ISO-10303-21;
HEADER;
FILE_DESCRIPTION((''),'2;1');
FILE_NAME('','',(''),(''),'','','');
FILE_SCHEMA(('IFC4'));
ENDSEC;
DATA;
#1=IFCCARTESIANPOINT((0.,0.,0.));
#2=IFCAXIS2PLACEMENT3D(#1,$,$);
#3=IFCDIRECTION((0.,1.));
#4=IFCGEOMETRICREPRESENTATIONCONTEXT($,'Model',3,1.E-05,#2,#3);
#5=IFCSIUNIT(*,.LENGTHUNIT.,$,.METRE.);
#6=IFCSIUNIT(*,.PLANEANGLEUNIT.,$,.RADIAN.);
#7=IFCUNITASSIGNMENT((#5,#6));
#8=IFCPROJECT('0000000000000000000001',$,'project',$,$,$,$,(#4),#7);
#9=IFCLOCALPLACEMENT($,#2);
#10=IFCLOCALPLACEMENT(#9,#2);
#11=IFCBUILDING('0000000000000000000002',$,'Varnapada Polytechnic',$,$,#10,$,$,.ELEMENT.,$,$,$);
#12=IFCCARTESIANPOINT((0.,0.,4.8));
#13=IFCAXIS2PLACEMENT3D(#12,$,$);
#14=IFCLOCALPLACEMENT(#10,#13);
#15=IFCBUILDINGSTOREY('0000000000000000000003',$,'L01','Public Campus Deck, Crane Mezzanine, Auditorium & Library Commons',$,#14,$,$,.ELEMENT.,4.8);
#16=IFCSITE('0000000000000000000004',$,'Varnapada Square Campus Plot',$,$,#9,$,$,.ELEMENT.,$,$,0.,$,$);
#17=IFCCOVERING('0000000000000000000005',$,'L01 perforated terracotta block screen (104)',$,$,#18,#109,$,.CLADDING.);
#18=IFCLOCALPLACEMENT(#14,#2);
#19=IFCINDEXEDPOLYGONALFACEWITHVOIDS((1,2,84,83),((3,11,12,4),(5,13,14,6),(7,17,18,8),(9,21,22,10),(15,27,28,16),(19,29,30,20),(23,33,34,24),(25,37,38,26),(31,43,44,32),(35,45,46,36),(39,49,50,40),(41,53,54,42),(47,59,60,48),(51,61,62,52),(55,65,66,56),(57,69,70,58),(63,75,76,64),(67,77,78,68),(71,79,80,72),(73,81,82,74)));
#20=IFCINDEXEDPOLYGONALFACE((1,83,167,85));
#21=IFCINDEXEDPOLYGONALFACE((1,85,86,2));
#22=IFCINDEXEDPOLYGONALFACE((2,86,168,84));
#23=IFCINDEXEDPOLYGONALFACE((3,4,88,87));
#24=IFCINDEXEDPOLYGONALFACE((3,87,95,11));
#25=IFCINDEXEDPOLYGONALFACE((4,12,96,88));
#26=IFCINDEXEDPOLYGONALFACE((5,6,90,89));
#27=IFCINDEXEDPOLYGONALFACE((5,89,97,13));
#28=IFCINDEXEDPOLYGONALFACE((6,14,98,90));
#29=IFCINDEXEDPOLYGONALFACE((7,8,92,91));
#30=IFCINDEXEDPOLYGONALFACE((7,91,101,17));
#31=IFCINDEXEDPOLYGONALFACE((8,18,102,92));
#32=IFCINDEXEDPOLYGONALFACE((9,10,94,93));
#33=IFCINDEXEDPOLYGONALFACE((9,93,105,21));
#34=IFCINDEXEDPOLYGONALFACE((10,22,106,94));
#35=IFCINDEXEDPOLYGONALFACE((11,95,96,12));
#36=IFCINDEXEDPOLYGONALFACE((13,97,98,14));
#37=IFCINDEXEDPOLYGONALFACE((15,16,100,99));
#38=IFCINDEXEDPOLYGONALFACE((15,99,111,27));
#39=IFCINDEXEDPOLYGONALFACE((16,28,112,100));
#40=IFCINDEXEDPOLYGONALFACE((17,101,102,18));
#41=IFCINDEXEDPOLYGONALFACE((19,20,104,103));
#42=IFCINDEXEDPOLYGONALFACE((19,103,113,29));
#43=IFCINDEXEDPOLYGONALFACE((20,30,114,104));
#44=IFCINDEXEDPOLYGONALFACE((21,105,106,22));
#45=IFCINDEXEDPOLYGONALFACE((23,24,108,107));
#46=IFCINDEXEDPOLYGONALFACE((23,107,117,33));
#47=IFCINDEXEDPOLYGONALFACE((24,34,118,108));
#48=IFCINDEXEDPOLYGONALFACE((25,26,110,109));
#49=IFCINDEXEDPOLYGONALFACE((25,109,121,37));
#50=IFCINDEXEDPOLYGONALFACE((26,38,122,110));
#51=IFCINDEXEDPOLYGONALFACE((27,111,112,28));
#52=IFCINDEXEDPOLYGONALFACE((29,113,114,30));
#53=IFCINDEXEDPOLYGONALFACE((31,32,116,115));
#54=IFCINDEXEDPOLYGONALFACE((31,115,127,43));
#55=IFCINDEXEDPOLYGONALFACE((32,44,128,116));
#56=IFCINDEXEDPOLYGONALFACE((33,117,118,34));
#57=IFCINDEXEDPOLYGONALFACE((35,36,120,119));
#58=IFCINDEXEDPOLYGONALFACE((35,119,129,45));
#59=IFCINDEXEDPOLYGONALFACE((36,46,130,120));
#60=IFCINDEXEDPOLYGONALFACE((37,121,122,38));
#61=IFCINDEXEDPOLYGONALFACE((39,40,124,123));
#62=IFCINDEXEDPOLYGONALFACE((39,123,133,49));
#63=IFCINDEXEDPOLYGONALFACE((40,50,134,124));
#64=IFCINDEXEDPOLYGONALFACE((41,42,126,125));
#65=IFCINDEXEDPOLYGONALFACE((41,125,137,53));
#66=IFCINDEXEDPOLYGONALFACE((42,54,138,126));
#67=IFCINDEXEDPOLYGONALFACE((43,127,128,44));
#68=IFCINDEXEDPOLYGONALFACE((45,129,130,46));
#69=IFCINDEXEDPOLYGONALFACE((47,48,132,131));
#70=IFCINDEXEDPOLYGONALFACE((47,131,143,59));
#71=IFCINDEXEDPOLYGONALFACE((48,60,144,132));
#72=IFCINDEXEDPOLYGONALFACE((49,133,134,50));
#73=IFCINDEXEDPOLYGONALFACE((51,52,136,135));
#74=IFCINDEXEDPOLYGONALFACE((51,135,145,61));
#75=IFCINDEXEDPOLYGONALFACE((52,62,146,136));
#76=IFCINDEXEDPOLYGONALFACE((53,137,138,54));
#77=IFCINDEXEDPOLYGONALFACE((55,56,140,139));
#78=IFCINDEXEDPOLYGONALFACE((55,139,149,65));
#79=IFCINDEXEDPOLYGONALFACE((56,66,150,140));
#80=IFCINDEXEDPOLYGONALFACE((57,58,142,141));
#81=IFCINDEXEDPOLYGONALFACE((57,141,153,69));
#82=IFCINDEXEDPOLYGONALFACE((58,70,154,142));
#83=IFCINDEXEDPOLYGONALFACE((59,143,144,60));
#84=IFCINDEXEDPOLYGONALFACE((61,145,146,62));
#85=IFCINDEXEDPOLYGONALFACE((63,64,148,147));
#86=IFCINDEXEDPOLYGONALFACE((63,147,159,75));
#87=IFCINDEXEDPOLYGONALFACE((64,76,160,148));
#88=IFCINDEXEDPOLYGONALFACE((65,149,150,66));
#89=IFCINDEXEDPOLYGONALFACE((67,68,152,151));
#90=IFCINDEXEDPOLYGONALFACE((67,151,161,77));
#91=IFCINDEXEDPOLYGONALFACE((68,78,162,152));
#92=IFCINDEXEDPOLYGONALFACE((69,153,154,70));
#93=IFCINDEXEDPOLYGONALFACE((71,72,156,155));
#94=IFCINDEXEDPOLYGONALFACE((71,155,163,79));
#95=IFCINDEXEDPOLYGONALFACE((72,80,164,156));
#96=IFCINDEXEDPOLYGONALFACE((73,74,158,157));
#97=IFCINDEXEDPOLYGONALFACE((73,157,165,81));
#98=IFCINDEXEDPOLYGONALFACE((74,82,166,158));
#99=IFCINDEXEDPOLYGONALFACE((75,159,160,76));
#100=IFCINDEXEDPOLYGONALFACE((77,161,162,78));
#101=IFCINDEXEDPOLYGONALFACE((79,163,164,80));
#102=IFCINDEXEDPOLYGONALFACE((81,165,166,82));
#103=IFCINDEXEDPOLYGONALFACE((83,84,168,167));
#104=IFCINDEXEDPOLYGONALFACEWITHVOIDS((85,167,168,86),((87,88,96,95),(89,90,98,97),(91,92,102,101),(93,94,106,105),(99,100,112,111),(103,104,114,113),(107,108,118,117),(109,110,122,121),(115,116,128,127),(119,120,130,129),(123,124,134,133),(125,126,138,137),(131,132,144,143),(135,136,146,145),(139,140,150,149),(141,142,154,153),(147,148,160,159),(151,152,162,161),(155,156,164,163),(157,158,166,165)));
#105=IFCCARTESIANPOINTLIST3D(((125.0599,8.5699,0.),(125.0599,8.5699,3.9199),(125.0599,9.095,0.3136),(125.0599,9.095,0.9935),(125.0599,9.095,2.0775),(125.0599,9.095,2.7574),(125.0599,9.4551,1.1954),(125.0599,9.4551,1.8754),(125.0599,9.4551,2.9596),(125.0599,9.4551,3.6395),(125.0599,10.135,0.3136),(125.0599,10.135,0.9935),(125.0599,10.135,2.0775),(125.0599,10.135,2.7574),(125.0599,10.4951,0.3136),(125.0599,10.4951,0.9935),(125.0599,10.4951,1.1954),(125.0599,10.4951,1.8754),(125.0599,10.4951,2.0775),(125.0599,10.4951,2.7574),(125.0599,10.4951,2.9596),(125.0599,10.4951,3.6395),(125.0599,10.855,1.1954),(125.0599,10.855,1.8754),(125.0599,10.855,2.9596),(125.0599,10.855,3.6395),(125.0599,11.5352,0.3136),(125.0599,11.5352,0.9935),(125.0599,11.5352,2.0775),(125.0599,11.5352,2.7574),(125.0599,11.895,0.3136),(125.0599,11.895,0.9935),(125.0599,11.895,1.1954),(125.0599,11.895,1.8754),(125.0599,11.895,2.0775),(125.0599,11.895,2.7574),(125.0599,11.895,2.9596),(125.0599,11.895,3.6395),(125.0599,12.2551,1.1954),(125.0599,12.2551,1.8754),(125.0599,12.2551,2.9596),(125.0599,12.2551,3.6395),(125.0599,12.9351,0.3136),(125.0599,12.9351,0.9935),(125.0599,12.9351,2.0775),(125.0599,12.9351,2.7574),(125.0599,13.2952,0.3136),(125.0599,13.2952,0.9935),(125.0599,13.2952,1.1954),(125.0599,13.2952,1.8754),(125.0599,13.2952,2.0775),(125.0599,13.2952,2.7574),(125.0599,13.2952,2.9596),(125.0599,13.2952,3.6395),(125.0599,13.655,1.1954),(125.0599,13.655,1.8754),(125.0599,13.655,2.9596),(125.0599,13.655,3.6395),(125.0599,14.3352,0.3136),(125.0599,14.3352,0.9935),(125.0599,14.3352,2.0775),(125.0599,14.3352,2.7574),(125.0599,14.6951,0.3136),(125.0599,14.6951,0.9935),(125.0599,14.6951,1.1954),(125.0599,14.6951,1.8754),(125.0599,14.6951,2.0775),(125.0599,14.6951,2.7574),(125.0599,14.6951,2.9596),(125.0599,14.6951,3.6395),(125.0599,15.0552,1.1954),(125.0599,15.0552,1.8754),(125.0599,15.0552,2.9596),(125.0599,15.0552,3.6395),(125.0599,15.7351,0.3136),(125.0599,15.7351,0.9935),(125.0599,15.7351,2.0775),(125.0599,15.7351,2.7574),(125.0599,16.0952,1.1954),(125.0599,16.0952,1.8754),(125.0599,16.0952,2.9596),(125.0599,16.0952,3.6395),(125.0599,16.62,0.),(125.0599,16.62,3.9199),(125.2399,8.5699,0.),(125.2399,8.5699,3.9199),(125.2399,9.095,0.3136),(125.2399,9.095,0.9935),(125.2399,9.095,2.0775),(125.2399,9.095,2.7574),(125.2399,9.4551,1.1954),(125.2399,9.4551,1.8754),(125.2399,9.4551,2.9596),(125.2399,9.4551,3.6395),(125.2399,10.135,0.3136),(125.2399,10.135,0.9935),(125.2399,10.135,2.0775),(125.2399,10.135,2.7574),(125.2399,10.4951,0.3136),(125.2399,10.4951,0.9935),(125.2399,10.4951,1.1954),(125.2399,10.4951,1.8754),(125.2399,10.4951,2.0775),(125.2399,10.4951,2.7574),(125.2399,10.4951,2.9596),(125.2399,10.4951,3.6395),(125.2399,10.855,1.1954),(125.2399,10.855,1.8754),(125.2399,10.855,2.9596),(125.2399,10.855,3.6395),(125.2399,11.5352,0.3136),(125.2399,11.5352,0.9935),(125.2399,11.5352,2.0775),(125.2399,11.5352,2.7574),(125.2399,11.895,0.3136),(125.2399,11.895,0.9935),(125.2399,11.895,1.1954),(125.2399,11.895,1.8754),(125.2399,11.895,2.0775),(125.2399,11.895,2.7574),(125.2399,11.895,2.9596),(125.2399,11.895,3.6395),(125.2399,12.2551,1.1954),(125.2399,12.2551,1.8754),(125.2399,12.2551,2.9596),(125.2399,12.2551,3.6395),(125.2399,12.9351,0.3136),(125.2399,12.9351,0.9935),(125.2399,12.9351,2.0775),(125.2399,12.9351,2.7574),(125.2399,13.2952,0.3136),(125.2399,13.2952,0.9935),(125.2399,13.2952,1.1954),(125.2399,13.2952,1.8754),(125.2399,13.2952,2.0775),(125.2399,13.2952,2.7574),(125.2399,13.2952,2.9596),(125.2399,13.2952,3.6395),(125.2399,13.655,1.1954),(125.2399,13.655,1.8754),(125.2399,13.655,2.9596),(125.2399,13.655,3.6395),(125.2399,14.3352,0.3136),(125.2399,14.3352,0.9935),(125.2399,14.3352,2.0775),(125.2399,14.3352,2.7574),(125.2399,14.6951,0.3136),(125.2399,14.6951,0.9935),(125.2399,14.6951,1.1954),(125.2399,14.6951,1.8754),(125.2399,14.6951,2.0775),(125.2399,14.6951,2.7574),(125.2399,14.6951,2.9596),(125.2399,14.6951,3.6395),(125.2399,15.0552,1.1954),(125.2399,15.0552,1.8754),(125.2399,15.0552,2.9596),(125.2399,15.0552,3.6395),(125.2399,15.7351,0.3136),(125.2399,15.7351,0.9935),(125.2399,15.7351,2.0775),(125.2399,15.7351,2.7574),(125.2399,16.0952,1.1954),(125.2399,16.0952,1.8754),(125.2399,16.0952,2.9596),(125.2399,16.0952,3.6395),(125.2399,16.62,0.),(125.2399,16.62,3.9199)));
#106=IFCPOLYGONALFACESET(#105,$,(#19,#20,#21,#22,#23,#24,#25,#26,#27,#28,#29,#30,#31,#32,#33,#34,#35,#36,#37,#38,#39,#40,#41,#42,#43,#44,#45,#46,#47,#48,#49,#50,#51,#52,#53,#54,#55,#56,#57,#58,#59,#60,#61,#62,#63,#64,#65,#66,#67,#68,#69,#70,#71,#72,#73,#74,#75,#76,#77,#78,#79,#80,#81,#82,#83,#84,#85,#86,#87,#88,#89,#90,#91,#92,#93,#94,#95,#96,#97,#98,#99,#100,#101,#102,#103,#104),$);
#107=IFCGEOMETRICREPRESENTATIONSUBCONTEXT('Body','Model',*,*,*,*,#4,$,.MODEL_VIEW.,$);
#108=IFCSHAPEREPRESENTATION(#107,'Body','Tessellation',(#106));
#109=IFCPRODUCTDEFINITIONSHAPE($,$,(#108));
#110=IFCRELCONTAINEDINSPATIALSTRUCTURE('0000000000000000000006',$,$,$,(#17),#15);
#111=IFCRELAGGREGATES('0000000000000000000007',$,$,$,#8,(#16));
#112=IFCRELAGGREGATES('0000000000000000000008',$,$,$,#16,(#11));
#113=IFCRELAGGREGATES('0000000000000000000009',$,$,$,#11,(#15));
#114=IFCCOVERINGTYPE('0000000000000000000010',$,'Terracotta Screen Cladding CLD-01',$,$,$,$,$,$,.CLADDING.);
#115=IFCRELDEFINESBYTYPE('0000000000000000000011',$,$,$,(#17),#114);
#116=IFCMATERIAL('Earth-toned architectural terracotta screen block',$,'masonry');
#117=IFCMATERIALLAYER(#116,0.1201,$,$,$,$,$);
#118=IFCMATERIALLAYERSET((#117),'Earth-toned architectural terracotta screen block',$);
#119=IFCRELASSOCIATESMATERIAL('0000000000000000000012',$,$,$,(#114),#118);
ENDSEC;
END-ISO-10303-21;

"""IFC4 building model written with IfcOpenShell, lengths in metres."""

from ifc_helpers import new_model, si_unit, direction, frame, frame_2d, origin, place, context, subcontext, project, spatial, rectangle, extrude, material, layer, layer_set, type_object, element, save


model = new_model("IFC4")

# Units and contexts
model_context = context("Model", 3, precision=1e-05, world=origin(), true_north=direction((0.0, 1.0)))
body_context = subcontext(model_context, "Body", "Model", "MODEL_VIEW")
ifc_project = project(units=[si_unit("LENGTHUNIT", "METRE"), si_unit("PLANEANGLEUNIT", "RADIAN")], contexts=[model_context])

# Site, building, storey
site_placement = place(None, origin())
site = spatial("IfcSite", under=ifc_project, at=site_placement, Name="Varnapada Square Campus Plot", CompositionType="ELEMENT", RefElevation=0.0)
building_placement = place(site_placement, origin())
building = spatial("IfcBuilding", under=site, at=building_placement, Name="Varnapada Polytechnic", CompositionType="ELEMENT")
storey_placement = place(building_placement, frame((0.0, 0.0, 4.8)))
storey = spatial("IfcBuildingStorey", under=building, at=storey_placement, Name="L01", Description="Public Campus Deck, Crane Mezzanine, Auditorium & Library Commons", CompositionType="ELEMENT", Elevation=4.8)

# Covering, openings
ifc_material_1 = material(Name="Earth-toned architectural terracotta screen block", Category="masonry")
ifc_layer_1 = layer(ifc_material_1, 0.1201)
ifc_layer_set_1 = layer_set([ifc_layer_1], Name="Earth-toned architectural terracotta screen block")
covering_type = type_object("IfcCoveringType", Name="Terracotta Screen Cladding CLD-01", PredefinedType="CLADDING", material=ifc_layer_set_1)
covering_placement = place(storey_placement, frame((125.1499, 8.5701, 0.0), z_axis=(0.0, 0.0, 1.0), x_axis=(0.0, 1.0, 0.0)))
covering = element("IfcCovering", 1, at=covering_placement, inside=storey, type_object=covering_type, Name="L01 perforated terracotta block screen (104)", PredefinedType="CLADDING", context=body_context, shape_type="SweptSolid", body=[
    extrude(rectangle(XDim=8.05, YDim=0.1799, at=frame_2d((4.0249, 0.0))), origin(), (0.0, 0.0, 1.0), 3.9199),
])
opening_1_placement = place(covering_placement, frame((0.5249, 0.0, 0.3137)))
element("IfcOpeningElement", 2, at=opening_1_placement, cuts=covering, PredefinedType="OPENING", context=body_context, shape_type="SweptSolid", body=[
    extrude(rectangle(XDim=1.04, YDim=0.6799, at=frame_2d((0.52, 0.3398))), frame((0.0, 0.0999, 0.0), z_axis=(0.0, -1.0, 0.0), x_axis=(1.0, 0.0, 0.0)), (0.0, 0.0, 1.0), 0.2),
])
opening_2_placement = place(covering_placement, frame((1.925, 0.0, 0.3137)))
element("IfcOpeningElement", 3, at=opening_2_placement, cuts=covering, PredefinedType="OPENING", context=body_context, shape_type="SweptSolid", body=[
    extrude(rectangle(XDim=1.04, YDim=0.6799, at=frame_2d((0.52, 0.3398))), frame((0.0, 0.0999, 0.0), z_axis=(0.0, -1.0, 0.0), x_axis=(1.0, 0.0, 0.0)), (0.0, 0.0, 1.0), 0.2),
])
opening_3_placement = place(covering_placement, frame((3.325, 0.0, 0.3137)))
element("IfcOpeningElement", 4, at=opening_3_placement, cuts=covering, PredefinedType="OPENING", context=body_context, shape_type="SweptSolid", body=[
    extrude(rectangle(XDim=1.04, YDim=0.6799, at=frame_2d((0.52, 0.3398))), frame((0.0, 0.0999, 0.0), z_axis=(0.0, -1.0, 0.0), x_axis=(1.0, 0.0, 0.0)), (0.0, 0.0, 1.0), 0.2),
])
opening_4_placement = place(covering_placement, frame((4.7251, 0.0, 0.3137)))
element("IfcOpeningElement", 5, at=opening_4_placement, cuts=covering, PredefinedType="OPENING", context=body_context, shape_type="SweptSolid", body=[
    extrude(rectangle(XDim=1.04, YDim=0.6799, at=frame_2d((0.52, 0.3398))), frame((0.0, 0.0999, 0.0), z_axis=(0.0, -1.0, 0.0), x_axis=(1.0, 0.0, 0.0)), (0.0, 0.0, 1.0), 0.2),
])
opening_5_placement = place(covering_placement, frame((6.125, 0.0, 0.3137)))
element("IfcOpeningElement", 6, at=opening_5_placement, cuts=covering, PredefinedType="OPENING", context=body_context, shape_type="SweptSolid", body=[
    extrude(rectangle(XDim=1.04, YDim=0.6799, at=frame_2d((0.52, 0.3398))), frame((0.0, 0.0999, 0.0), z_axis=(0.0, -1.0, 0.0), x_axis=(1.0, 0.0, 0.0)), (0.0, 0.0, 1.0), 0.2),
])
opening_6_placement = place(covering_placement, frame((0.885, 0.0, 1.1956)))
element("IfcOpeningElement", 7, at=opening_6_placement, cuts=covering, PredefinedType="OPENING", context=body_context, shape_type="SweptSolid", body=[
    extrude(rectangle(XDim=1.04, YDim=0.6799, at=frame_2d((0.52, 0.3398))), frame((0.0, 0.0999, 0.0), z_axis=(0.0, -1.0, 0.0), x_axis=(1.0, 0.0, 0.0)), (0.0, 0.0, 1.0), 0.2),
])
opening_7_placement = place(covering_placement, frame((2.2849, 0.0, 1.1956)))
element("IfcOpeningElement", 8, at=opening_7_placement, cuts=covering, PredefinedType="OPENING", context=body_context, shape_type="SweptSolid", body=[
    extrude(rectangle(XDim=1.04, YDim=0.6799, at=frame_2d((0.52, 0.3398))), frame((0.0, 0.0999, 0.0), z_axis=(0.0, -1.0, 0.0), x_axis=(1.0, 0.0, 0.0)), (0.0, 0.0, 1.0), 0.2),
])
opening_8_placement = place(covering_placement, frame((3.6851, 0.0, 1.1956)))
element("IfcOpeningElement", 9, at=opening_8_placement, cuts=covering, PredefinedType="OPENING", context=body_context, shape_type="SweptSolid", body=[
    extrude(rectangle(XDim=1.04, YDim=0.6799, at=frame_2d((0.52, 0.3398))), frame((0.0, 0.0999, 0.0), z_axis=(0.0, -1.0, 0.0), x_axis=(1.0, 0.0, 0.0)), (0.0, 0.0, 1.0), 0.2),
])
opening_9_placement = place(covering_placement, frame((5.085, 0.0, 1.1956)))
element("IfcOpeningElement", 10, at=opening_9_placement, cuts=covering, PredefinedType="OPENING", context=body_context, shape_type="SweptSolid", body=[
    extrude(rectangle(XDim=1.04, YDim=0.6799, at=frame_2d((0.52, 0.3398))), frame((0.0, 0.0999, 0.0), z_axis=(0.0, -1.0, 0.0), x_axis=(1.0, 0.0, 0.0)), (0.0, 0.0, 1.0), 0.2),
])
opening_10_placement = place(covering_placement, frame((6.4851, 0.0, 1.1956)))
element("IfcOpeningElement", 11, at=opening_10_placement, cuts=covering, PredefinedType="OPENING", context=body_context, shape_type="SweptSolid", body=[
    extrude(rectangle(XDim=1.04, YDim=0.6799, at=frame_2d((0.52, 0.3398))), frame((0.0, 0.0999, 0.0), z_axis=(0.0, -1.0, 0.0), x_axis=(1.0, 0.0, 0.0)), (0.0, 0.0, 1.0), 0.2),
])
opening_11_placement = place(covering_placement, frame((0.5249, 0.0, 2.0776)))
element("IfcOpeningElement", 12, at=opening_11_placement, cuts=covering, PredefinedType="OPENING", context=body_context, shape_type="SweptSolid", body=[
    extrude(rectangle(XDim=1.04, YDim=0.6799, at=frame_2d((0.52, 0.3398))), frame((0.0, 0.0999, 0.0), z_axis=(0.0, -1.0, 0.0), x_axis=(1.0, 0.0, 0.0)), (0.0, 0.0, 1.0), 0.2),
])
opening_12_placement = place(covering_placement, frame((1.925, 0.0, 2.0776)))
element("IfcOpeningElement", 13, at=opening_12_placement, cuts=covering, PredefinedType="OPENING", context=body_context, shape_type="SweptSolid", body=[
    extrude(rectangle(XDim=1.04, YDim=0.6799, at=frame_2d((0.52, 0.3398))), frame((0.0, 0.0999, 0.0), z_axis=(0.0, -1.0, 0.0), x_axis=(1.0, 0.0, 0.0)), (0.0, 0.0, 1.0), 0.2),
])
opening_13_placement = place(covering_placement, frame((3.325, 0.0, 2.0776)))
element("IfcOpeningElement", 14, at=opening_13_placement, cuts=covering, PredefinedType="OPENING", context=body_context, shape_type="SweptSolid", body=[
    extrude(rectangle(XDim=1.04, YDim=0.6799, at=frame_2d((0.52, 0.3398))), frame((0.0, 0.0999, 0.0), z_axis=(0.0, -1.0, 0.0), x_axis=(1.0, 0.0, 0.0)), (0.0, 0.0, 1.0), 0.2),
])
opening_14_placement = place(covering_placement, frame((4.7251, 0.0, 2.0776)))
element("IfcOpeningElement", 15, at=opening_14_placement, cuts=covering, PredefinedType="OPENING", context=body_context, shape_type="SweptSolid", body=[
    extrude(rectangle(XDim=1.04, YDim=0.6799, at=frame_2d((0.52, 0.3398))), frame((0.0, 0.0999, 0.0), z_axis=(0.0, -1.0, 0.0), x_axis=(1.0, 0.0, 0.0)), (0.0, 0.0, 1.0), 0.2),
])
opening_15_placement = place(covering_placement, frame((6.125, 0.0, 2.0776)))
element("IfcOpeningElement", 16, at=opening_15_placement, cuts=covering, PredefinedType="OPENING", context=body_context, shape_type="SweptSolid", body=[
    extrude(rectangle(XDim=1.04, YDim=0.6799, at=frame_2d((0.52, 0.3398))), frame((0.0, 0.0999, 0.0), z_axis=(0.0, -1.0, 0.0), x_axis=(1.0, 0.0, 0.0)), (0.0, 0.0, 1.0), 0.2),
])
opening_16_placement = place(covering_placement, frame((0.885, 0.0, 2.9597)))
element("IfcOpeningElement", 17, at=opening_16_placement, cuts=covering, PredefinedType="OPENING", context=body_context, shape_type="SweptSolid", body=[
    extrude(rectangle(XDim=1.04, YDim=0.6799, at=frame_2d((0.52, 0.3398))), frame((0.0, 0.0999, 0.0), z_axis=(0.0, -1.0, 0.0), x_axis=(1.0, 0.0, 0.0)), (0.0, 0.0, 1.0), 0.2),
])
opening_17_placement = place(covering_placement, frame((2.2849, 0.0, 2.9597)))
element("IfcOpeningElement", 18, at=opening_17_placement, cuts=covering, PredefinedType="OPENING", context=body_context, shape_type="SweptSolid", body=[
    extrude(rectangle(XDim=1.04, YDim=0.6799, at=frame_2d((0.52, 0.3398))), frame((0.0, 0.0999, 0.0), z_axis=(0.0, -1.0, 0.0), x_axis=(1.0, 0.0, 0.0)), (0.0, 0.0, 1.0), 0.2),
])
opening_18_placement = place(covering_placement, frame((3.6851, 0.0, 2.9597)))
element("IfcOpeningElement", 19, at=opening_18_placement, cuts=covering, PredefinedType="OPENING", context=body_context, shape_type="SweptSolid", body=[
    extrude(rectangle(XDim=1.04, YDim=0.6799, at=frame_2d((0.52, 0.3398))), frame((0.0, 0.0999, 0.0), z_axis=(0.0, -1.0, 0.0), x_axis=(1.0, 0.0, 0.0)), (0.0, 0.0, 1.0), 0.2),
])
opening_19_placement = place(covering_placement, frame((5.085, 0.0, 2.9597)))
element("IfcOpeningElement", 20, at=opening_19_placement, cuts=covering, PredefinedType="OPENING", context=body_context, shape_type="SweptSolid", body=[
    extrude(rectangle(XDim=1.04, YDim=0.6799, at=frame_2d((0.52, 0.3398))), frame((0.0, 0.0999, 0.0), z_axis=(0.0, -1.0, 0.0), x_axis=(1.0, 0.0, 0.0)), (0.0, 0.0, 1.0), 0.2),
])
opening_20_placement = place(covering_placement, frame((6.4851, 0.0, 2.9597)))
element("IfcOpeningElement", 21, at=opening_20_placement, cuts=covering, PredefinedType="OPENING", context=body_context, shape_type="SweptSolid", body=[
    extrude(rectangle(XDim=1.04, YDim=0.6799, at=frame_2d((0.52, 0.3398))), frame((0.0, 0.0999, 0.0), z_axis=(0.0, -1.0, 0.0), x_axis=(1.0, 0.0, 0.0)), (0.0, 0.0, 1.0), 0.2),
])

save(model, "model.ifc")
